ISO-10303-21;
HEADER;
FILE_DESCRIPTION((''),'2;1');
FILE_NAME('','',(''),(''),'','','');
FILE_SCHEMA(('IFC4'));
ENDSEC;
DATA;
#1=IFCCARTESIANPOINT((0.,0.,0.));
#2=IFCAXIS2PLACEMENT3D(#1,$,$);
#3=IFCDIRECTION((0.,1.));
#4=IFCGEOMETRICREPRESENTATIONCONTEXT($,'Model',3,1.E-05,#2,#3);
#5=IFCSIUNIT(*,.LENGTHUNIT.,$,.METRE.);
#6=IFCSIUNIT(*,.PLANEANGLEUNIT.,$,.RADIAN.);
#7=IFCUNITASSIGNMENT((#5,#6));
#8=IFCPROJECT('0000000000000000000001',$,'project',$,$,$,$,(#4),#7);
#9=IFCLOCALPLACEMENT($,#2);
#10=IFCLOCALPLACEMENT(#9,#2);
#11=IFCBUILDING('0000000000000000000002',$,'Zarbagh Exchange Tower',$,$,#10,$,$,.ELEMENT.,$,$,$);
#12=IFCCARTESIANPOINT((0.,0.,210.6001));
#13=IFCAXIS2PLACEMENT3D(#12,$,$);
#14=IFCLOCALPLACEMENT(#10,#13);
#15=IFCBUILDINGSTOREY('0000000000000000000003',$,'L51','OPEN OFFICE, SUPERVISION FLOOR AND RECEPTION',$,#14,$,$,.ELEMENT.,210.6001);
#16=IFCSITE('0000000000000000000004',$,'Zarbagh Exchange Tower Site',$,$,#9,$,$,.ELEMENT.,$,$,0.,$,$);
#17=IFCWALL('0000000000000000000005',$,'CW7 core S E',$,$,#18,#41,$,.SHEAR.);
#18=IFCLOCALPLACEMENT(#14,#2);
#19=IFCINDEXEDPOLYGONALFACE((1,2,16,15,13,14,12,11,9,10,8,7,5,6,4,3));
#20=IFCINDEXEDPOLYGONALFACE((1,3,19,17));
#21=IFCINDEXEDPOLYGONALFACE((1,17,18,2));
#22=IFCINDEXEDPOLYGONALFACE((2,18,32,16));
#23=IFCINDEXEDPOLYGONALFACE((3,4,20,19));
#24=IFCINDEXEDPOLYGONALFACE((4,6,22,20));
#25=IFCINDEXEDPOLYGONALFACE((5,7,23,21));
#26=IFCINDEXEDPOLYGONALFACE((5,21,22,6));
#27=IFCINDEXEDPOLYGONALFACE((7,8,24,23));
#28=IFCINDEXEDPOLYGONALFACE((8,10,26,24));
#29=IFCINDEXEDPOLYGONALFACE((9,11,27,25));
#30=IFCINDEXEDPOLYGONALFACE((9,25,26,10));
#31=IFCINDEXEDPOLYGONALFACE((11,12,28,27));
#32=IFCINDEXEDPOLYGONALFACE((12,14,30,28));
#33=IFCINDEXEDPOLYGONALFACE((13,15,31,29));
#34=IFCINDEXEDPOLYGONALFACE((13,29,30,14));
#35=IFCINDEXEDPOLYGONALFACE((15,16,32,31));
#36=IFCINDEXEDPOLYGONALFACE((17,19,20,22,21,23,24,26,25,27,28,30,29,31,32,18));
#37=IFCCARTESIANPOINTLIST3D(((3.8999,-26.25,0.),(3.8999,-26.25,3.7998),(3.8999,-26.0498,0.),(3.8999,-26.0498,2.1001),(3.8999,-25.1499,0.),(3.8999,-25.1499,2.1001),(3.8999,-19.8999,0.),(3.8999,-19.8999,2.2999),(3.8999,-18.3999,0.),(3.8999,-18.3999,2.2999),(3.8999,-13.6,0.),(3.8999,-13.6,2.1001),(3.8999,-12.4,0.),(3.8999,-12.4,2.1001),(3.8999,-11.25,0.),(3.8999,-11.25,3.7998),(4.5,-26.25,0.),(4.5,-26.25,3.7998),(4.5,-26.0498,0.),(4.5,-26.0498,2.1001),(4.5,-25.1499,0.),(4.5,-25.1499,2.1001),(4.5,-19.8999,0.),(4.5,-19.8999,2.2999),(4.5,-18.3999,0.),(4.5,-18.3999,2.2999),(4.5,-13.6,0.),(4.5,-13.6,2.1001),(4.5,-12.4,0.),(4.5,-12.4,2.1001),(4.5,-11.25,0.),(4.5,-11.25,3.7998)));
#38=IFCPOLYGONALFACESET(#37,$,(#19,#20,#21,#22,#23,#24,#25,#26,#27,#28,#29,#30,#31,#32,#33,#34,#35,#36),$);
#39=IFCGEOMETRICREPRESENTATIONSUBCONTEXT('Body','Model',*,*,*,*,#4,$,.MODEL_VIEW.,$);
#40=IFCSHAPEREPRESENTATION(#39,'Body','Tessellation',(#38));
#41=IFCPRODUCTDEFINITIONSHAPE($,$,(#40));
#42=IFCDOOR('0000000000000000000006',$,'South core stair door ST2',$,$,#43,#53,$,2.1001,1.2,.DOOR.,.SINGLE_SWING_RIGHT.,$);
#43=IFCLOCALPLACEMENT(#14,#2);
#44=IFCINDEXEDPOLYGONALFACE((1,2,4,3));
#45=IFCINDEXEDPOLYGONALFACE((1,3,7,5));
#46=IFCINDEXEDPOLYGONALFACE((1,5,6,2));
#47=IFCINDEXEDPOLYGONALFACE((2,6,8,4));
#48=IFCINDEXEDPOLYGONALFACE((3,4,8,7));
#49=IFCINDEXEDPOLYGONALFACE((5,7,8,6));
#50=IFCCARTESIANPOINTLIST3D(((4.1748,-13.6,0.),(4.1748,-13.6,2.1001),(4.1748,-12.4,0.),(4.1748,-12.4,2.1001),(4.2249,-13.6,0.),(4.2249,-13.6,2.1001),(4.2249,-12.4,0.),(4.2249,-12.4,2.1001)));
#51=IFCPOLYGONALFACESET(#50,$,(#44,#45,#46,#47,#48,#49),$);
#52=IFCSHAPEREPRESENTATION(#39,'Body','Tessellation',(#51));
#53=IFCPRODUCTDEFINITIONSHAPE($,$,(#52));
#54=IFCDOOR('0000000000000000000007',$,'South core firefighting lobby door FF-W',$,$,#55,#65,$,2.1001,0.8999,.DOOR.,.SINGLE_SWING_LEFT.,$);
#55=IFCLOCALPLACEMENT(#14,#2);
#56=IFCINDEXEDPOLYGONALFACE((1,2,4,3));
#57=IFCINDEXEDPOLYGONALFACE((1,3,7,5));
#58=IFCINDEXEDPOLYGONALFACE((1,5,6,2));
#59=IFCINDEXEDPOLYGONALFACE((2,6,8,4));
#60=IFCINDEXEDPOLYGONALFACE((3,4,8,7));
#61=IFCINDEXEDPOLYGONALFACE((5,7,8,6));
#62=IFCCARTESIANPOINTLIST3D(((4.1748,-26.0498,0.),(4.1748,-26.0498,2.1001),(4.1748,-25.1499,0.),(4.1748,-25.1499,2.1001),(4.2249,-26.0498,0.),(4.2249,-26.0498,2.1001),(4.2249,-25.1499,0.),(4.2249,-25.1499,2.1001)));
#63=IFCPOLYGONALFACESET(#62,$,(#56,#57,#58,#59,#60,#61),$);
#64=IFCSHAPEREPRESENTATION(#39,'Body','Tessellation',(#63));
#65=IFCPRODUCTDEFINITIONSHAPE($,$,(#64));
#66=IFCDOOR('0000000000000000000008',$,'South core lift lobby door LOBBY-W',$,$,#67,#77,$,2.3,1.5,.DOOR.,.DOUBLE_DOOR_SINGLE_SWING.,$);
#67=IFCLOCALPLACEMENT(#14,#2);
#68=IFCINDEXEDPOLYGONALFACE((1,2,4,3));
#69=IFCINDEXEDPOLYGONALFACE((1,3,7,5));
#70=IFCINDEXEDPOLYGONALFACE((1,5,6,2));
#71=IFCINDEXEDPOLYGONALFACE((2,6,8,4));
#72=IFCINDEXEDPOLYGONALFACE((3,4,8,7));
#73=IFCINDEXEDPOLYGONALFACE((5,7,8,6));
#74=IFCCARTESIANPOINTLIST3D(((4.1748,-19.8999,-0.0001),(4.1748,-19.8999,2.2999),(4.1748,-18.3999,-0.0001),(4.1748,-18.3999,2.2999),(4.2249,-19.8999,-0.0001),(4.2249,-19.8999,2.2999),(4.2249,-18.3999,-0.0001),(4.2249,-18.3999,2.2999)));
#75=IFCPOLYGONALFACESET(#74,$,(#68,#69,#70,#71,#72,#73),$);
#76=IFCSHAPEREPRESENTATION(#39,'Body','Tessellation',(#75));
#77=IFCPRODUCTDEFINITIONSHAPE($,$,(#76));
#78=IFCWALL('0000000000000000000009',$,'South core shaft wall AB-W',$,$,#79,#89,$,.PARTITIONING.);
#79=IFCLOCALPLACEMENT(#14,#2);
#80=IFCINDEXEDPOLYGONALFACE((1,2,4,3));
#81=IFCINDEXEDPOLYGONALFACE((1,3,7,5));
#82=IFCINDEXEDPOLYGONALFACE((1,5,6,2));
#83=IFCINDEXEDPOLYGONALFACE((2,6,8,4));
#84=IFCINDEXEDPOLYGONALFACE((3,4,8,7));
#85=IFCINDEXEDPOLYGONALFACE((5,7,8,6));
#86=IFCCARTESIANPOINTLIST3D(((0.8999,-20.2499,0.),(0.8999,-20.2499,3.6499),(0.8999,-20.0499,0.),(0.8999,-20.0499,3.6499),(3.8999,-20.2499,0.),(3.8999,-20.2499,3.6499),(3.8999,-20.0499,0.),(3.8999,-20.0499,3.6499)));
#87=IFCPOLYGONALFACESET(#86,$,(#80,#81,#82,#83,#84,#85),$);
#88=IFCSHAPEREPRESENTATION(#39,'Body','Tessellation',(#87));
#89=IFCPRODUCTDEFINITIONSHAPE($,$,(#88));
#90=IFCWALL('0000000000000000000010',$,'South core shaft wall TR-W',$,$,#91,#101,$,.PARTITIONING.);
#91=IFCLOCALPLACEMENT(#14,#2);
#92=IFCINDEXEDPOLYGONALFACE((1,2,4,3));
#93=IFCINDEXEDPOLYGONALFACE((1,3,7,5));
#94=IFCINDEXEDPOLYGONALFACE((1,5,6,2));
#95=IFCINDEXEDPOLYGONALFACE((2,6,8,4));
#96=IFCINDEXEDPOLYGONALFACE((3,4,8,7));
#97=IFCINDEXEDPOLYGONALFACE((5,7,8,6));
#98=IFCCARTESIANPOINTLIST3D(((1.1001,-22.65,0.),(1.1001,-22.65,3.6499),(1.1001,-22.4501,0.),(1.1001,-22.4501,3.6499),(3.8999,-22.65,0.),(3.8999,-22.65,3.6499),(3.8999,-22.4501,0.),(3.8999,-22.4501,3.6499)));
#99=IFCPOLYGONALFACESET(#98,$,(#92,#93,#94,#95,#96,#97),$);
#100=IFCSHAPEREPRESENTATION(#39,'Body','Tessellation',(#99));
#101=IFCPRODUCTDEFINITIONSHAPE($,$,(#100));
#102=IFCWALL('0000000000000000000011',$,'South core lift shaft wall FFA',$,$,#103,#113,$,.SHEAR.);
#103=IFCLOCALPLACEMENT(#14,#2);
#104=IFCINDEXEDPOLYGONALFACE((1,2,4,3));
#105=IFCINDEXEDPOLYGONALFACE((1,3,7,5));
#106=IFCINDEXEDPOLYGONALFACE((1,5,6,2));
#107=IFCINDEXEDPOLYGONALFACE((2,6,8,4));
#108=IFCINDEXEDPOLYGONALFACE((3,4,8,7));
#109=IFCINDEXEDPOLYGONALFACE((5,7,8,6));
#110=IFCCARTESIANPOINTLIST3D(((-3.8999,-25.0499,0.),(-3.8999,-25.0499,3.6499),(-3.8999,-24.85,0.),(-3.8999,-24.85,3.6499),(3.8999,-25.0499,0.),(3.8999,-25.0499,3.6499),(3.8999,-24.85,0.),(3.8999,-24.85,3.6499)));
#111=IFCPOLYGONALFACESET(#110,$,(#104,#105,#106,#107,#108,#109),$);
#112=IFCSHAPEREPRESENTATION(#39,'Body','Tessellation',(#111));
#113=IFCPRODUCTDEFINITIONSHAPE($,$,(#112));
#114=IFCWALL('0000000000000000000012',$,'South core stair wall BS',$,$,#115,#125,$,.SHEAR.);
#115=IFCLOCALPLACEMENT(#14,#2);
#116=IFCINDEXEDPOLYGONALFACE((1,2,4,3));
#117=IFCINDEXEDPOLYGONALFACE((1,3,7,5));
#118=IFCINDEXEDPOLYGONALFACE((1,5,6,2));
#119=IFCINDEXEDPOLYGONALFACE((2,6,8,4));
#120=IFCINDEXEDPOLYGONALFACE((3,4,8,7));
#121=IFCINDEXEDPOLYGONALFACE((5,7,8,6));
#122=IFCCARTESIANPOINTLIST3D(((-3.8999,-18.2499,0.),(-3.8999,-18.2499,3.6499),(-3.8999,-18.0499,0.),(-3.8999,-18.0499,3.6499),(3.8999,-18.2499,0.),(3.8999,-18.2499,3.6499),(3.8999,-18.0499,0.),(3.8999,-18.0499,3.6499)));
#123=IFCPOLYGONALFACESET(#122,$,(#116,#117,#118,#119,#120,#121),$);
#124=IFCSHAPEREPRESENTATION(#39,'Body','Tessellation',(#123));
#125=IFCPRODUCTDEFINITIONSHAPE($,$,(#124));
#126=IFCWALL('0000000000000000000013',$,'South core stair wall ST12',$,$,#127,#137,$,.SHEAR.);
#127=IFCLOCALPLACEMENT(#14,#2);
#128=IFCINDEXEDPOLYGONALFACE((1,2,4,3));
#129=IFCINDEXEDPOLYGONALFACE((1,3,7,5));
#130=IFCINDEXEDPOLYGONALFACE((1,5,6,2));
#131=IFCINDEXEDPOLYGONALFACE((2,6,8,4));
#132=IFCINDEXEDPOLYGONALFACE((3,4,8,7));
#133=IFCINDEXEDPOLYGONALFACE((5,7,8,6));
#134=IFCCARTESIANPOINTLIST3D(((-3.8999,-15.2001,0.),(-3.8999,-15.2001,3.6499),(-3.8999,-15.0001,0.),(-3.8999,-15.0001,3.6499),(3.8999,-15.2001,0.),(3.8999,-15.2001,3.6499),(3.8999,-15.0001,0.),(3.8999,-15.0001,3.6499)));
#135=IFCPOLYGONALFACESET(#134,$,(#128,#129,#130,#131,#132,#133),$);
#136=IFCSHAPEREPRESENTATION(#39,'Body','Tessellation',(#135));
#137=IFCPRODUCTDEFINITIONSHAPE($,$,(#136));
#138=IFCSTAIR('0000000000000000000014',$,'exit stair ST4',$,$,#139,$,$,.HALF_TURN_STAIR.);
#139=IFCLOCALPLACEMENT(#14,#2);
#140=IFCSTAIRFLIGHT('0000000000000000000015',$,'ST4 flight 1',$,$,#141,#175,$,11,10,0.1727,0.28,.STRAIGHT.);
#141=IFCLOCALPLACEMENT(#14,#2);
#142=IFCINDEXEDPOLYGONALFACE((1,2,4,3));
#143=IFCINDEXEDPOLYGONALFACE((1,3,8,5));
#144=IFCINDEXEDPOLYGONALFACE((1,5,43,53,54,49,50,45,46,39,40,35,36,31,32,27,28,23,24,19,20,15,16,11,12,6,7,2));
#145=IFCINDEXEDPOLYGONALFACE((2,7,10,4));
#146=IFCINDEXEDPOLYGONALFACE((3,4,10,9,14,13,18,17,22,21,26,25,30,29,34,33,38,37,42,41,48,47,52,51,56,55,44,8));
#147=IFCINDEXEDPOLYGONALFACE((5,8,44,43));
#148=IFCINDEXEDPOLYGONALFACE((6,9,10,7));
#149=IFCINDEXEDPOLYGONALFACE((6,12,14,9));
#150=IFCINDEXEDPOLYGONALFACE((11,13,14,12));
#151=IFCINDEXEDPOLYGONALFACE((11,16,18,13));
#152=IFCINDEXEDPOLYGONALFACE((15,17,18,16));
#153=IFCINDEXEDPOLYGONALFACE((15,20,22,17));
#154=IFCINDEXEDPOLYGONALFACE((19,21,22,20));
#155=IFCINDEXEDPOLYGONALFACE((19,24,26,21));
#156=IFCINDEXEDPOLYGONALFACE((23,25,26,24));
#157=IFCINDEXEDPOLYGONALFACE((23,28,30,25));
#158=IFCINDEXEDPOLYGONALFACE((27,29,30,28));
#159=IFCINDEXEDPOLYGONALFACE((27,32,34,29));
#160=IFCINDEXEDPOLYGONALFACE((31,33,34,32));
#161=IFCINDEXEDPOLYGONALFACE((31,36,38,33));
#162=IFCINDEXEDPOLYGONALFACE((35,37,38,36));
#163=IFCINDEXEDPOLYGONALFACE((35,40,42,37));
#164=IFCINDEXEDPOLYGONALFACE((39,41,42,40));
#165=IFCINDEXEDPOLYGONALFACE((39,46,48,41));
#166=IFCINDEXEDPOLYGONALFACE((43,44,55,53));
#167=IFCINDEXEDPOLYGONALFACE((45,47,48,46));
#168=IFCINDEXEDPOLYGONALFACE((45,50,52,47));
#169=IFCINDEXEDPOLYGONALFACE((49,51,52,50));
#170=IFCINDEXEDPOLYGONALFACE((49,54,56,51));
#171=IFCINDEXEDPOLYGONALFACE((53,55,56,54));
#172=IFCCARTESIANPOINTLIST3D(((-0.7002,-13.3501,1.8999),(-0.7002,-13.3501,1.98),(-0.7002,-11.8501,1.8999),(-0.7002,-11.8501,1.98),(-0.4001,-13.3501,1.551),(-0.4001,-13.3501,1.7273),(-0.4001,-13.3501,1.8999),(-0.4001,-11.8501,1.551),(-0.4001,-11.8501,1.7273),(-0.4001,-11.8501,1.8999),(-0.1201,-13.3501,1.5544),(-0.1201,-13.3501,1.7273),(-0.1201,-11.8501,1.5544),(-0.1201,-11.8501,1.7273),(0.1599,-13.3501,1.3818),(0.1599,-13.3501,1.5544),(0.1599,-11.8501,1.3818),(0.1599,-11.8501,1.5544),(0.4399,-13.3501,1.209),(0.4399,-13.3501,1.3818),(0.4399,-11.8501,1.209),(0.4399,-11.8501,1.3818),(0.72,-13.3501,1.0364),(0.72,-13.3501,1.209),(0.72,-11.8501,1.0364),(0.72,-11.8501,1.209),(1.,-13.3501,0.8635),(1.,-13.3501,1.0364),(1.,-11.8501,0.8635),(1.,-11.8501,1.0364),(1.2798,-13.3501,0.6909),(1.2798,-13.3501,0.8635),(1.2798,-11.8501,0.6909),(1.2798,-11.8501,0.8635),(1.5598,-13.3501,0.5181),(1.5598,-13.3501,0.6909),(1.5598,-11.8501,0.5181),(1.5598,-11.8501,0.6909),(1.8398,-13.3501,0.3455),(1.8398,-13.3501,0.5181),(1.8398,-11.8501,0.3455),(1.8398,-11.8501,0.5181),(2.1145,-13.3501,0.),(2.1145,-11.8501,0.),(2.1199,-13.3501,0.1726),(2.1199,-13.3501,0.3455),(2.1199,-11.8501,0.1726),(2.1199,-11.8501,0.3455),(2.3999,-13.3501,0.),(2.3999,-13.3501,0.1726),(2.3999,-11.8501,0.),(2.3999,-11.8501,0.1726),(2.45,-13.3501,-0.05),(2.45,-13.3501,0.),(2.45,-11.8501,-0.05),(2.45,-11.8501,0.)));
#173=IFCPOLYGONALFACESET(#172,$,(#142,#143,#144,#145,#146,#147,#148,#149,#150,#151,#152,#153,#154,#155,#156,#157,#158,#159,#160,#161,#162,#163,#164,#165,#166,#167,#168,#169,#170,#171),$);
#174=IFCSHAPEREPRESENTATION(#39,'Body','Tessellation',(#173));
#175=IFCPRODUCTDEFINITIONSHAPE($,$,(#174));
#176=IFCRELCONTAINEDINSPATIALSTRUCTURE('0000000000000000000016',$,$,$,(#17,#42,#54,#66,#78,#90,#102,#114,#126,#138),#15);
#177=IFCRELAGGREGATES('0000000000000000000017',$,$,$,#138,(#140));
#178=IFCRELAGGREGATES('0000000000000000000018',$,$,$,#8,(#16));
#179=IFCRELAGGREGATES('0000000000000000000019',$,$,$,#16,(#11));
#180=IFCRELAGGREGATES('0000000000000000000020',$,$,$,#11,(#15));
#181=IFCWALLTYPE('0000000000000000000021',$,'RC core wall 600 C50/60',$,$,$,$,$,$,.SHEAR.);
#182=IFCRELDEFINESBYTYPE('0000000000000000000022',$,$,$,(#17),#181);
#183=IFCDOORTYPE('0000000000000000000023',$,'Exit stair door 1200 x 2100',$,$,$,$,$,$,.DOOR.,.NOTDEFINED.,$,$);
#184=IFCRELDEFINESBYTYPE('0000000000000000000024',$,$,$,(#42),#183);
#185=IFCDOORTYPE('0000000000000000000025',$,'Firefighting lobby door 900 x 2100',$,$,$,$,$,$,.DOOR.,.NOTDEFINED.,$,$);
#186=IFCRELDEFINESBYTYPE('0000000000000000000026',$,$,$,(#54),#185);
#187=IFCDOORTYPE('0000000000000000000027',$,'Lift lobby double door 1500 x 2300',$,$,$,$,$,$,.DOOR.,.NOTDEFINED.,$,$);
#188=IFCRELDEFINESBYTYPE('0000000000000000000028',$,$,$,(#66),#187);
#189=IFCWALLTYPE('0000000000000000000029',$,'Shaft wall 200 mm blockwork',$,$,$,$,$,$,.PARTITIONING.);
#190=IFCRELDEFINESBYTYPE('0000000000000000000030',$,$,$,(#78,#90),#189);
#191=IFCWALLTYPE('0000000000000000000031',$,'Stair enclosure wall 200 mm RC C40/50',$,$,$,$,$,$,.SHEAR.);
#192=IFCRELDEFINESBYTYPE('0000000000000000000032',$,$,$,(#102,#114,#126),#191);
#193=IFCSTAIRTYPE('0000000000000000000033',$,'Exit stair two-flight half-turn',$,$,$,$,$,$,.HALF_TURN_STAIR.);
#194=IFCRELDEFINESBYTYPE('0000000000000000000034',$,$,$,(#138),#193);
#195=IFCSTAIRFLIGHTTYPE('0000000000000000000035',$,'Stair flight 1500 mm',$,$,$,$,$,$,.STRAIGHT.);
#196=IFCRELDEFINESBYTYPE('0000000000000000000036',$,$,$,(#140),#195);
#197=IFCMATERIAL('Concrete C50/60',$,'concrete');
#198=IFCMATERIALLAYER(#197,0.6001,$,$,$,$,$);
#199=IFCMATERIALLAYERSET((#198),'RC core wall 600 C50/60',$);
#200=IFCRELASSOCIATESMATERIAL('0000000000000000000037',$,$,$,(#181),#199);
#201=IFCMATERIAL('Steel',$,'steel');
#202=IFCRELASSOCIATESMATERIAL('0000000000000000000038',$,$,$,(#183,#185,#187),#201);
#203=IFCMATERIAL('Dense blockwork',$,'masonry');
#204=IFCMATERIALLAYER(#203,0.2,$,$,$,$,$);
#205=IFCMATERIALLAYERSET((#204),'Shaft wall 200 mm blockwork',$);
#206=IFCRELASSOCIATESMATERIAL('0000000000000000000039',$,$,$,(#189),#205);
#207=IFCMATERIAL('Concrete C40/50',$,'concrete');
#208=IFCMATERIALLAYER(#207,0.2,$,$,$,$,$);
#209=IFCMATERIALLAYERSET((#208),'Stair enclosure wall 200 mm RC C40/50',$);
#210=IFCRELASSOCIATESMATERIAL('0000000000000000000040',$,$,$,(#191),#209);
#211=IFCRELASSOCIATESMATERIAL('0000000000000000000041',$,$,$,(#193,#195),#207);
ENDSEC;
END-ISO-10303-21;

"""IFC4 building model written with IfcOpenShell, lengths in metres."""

from ifc_helpers import new_model, si_unit, direction, frame, frame_2d, origin, place, context, subcontext, project, spatial, polyline, rectangle, outline, extrude, material, layer, layer_set, type_object, element, fill, aggregate, save


model = new_model("IFC4")

# Units and contexts
model_context = context("Model", 3, precision=1e-05, world=origin(), true_north=direction((0.0, 1.0)))
body_context = subcontext(model_context, "Body", "Model", "MODEL_VIEW")
ifc_project = project(units=[si_unit("LENGTHUNIT", "METRE"), si_unit("PLANEANGLEUNIT", "RADIAN")], contexts=[model_context])

# Site, building, storey
site_placement = place(None, origin())
site = spatial("IfcSite", under=ifc_project, at=site_placement, Name="Zarbagh Exchange Tower Site", CompositionType="ELEMENT", RefElevation=0.0)
building_placement = place(site_placement, origin())
building = spatial("IfcBuilding", under=site, at=building_placement, Name="Zarbagh Exchange Tower", CompositionType="ELEMENT")
storey_placement = place(building_placement, frame((0.0, 0.0, 210.6001)))
storey = spatial("IfcBuildingStorey", under=building, at=storey_placement, Name="L51", Description="OPEN OFFICE, SUPERVISION FLOOR AND RECEPTION", CompositionType="ELEMENT", Elevation=210.6001)

# Shared definitions
ifc_material_1 = material(Name="Concrete C50/60", Category="concrete")

# Wall, openings, doors
ifc_layer_1 = layer(ifc_material_1, 0.6001)
ifc_layer_set_1 = layer_set([ifc_layer_1], Name="RC core wall 600 C50/60")
wall_type_1 = type_object("IfcWallType", Name="RC core wall 600 C50/60", PredefinedType="SHEAR", material=ifc_layer_set_1)
wall_1_placement = place(storey_placement, frame((4.2, -11.25, 0.0), z_axis=(0.0, 0.0, 1.0), x_axis=(0.0, -1.0, 0.0)))
wall_1 = element("IfcWall", 1, at=wall_1_placement, inside=storey, type_object=wall_type_1, Name="CW7 core S E", PredefinedType="SHEAR", context=body_context, shape_type="SweptSolid", body=[
    extrude(rectangle(XDim=15.0, YDim=0.6001, at=frame_2d((7.5, 0.0))), origin(), (0.0, 0.0, 1.0), 3.7998),
])
opening_1_placement = place(wall_1_placement, frame((7.1499, 0.0, 0.0)))
opening_1 = element("IfcOpeningElement", 2, at=opening_1_placement, cuts=wall_1, PredefinedType="OPENING", context=body_context, shape_type="SweptSolid", body=[
    extrude(rectangle(XDim=1.5, YDim=2.3, at=frame_2d((0.75, 1.1499))), frame((0.0, 0.3101, 0.0), z_axis=(0.0, -1.0, 0.0), x_axis=(1.0, 0.0, 0.0)), (0.0, 0.0, 1.0), 0.6201),
])
opening_2_placement = place(wall_1_placement, frame((13.8999, 0.0, 0.0)))
opening_2 = element("IfcOpeningElement", 3, at=opening_2_placement, cuts=wall_1, PredefinedType="OPENING", context=body_context, shape_type="SweptSolid", body=[
    extrude(rectangle(XDim=0.8999, YDim=2.1001, at=frame_2d((0.45, 1.05))), frame((0.0, 0.3101, 0.0), z_axis=(0.0, -1.0, 0.0), x_axis=(1.0, 0.0, 0.0)), (0.0, 0.0, 1.0), 0.6201),
])
opening_3_placement = place(wall_1_placement, frame((1.1499, 0.0, 0.0)))
opening_3 = element("IfcOpeningElement", 4, at=opening_3_placement, cuts=wall_1, PredefinedType="OPENING", context=body_context, shape_type="SweptSolid", body=[
    extrude(rectangle(XDim=1.2, YDim=2.1001, at=frame_2d((0.6001, 1.05))), frame((0.0, 0.3101, 0.0), z_axis=(0.0, -1.0, 0.0), x_axis=(1.0, 0.0, 0.0)), (0.0, 0.0, 1.0), 0.6201),
])
ifc_material_2 = material(Name="Steel", Category="steel")
door_type_1 = type_object("IfcDoorType", Name="Exit stair door 1200 x 2100", OperationType="NOTDEFINED", PredefinedType="DOOR", material=ifc_material_2)
door_1_placement = place(opening_3_placement, origin())
door_1 = element("IfcDoor", 5, at=door_1_placement, inside=storey, type_object=door_type_1, Name="South core stair door ST2", OperationType="SINGLE_SWING_RIGHT", OverallHeight=2.1001, OverallWidth=1.2, PredefinedType="DOOR", context=body_context, shape_type="SweptSolid", body=[
    extrude(rectangle(XDim=1.2, YDim=2.1001, at=frame_2d((0.6001, 1.05))), frame((0.0, 0.0249, 0.0), z_axis=(0.0, -1.0, 0.0), x_axis=(1.0, 0.0, 0.0)), (0.0, 0.0, 1.0), 0.05),
])
fill(opening_3, door_1)
door_type_2 = type_object("IfcDoorType", Name="Firefighting lobby door 900 x 2100", OperationType="NOTDEFINED", PredefinedType="DOOR", material=ifc_material_2)
door_2_placement = place(opening_2_placement, origin())
door_2 = element("IfcDoor", 6, at=door_2_placement, inside=storey, type_object=door_type_2, Name="South core firefighting lobby door FF-W", OperationType="SINGLE_SWING_LEFT", OverallHeight=2.1001, OverallWidth=0.8999, PredefinedType="DOOR", context=body_context, shape_type="SweptSolid", body=[
    extrude(rectangle(XDim=0.8999, YDim=2.1001, at=frame_2d((0.45, 1.05))), frame((0.0, 0.0249, 0.0), z_axis=(0.0, -1.0, 0.0), x_axis=(1.0, 0.0, 0.0)), (0.0, 0.0, 1.0), 0.05),
])
fill(opening_2, door_2)
door_type_3 = type_object("IfcDoorType", Name="Lift lobby double door 1500 x 2300", OperationType="NOTDEFINED", PredefinedType="DOOR", material=ifc_material_2)
door_3_placement = place(opening_1_placement, origin())
door_3 = element("IfcDoor", 7, at=door_3_placement, inside=storey, type_object=door_type_3, Name="South core lift lobby door LOBBY-W", OperationType="DOUBLE_DOOR_SINGLE_SWING", OverallHeight=2.3, OverallWidth=1.5, PredefinedType="DOOR", context=body_context, shape_type="SweptSolid", body=[
    extrude(rectangle(XDim=1.5, YDim=2.3, at=frame_2d((0.75, 1.1499))), frame((0.0, 0.0249, 0.0), z_axis=(0.0, -1.0, 0.0), x_axis=(1.0, 0.0, 0.0)), (0.0, 0.0, 1.0), 0.05),
])
fill(opening_1, door_3)

# Walls
ifc_material_3 = material(Name="Dense blockwork", Category="masonry")
ifc_layer_2 = layer(ifc_material_3, 0.2)
ifc_layer_set_2 = layer_set([ifc_layer_2], Name="Shaft wall 200 mm blockwork")
wall_type_2 = type_object("IfcWallType", Name="Shaft wall 200 mm blockwork", PredefinedType="PARTITIONING", material=ifc_layer_set_2)
wall_2_placement = place(storey_placement, frame((3.8999, -20.1499, 0.0), z_axis=(0.0, 0.0, 1.0), x_axis=(-1.0, 0.0, 0.0)))
element("IfcWall", 8, at=wall_2_placement, inside=storey, type_object=wall_type_2, Name="South core shaft wall AB-W", PredefinedType="PARTITIONING", context=body_context, shape_type="SweptSolid", body=[
    extrude(rectangle(XDim=3.0, YDim=0.2, at=frame_2d((1.5, 0.0))), origin(), (0.0, 0.0, 1.0), 3.6499),
])
wall_3_placement = place(storey_placement, frame((3.8999, -22.55, 0.0), z_axis=(0.0, 0.0, 1.0), x_axis=(-1.0, 0.0, 0.0)))
element("IfcWall", 9, at=wall_3_placement, inside=storey, type_object=wall_type_2, Name="South core shaft wall TR-W", PredefinedType="PARTITIONING", context=body_context, shape_type="SweptSolid", body=[
    extrude(rectangle(XDim=2.7998, YDim=0.2, at=frame_2d((1.3999, 0.0))), origin(), (0.0, 0.0, 1.0), 3.6499),
])
ifc_material_4 = material(Name="Concrete C40/50", Category="concrete")
ifc_layer_3 = layer(ifc_material_4, 0.2)
ifc_layer_set_3 = layer_set([ifc_layer_3], Name="Stair enclosure wall 200 mm RC C40/50")
wall_type_3 = type_object("IfcWallType", Name="Stair enclosure wall 200 mm RC C40/50", PredefinedType="SHEAR", material=ifc_layer_set_3)
for number, where, z_axis, x_axis, name in (
    (10, (3.8999, -24.95, 0.0), (0.0, 0.0, 1.0), (-1.0, 0.0, 0.0), "South core lift shaft wall FFA"),
    (11, (3.8999, -18.1499, 0.0), (0.0, 0.0, 1.0), (-1.0, 0.0, 0.0), "South core stair wall BS"),
    (12, (3.8999, -15.1001, 0.0), (0.0, 0.0, 1.0), (-1.0, 0.0, 0.0), "South core stair wall ST12"),
):
    element("IfcWall", number, at=place(storey_placement, frame(where, z_axis=z_axis, x_axis=x_axis)), inside=storey, type_object=wall_type_3, Name=name, PredefinedType="SHEAR", context=body_context, shape_type="SweptSolid", body=[
        extrude(rectangle(XDim=7.7998, YDim=0.2, at=frame_2d((3.8999, 0.0))), origin(), (0.0, 0.0, 1.0), 3.6499),
    ])

# Stair, stair flight
stair_type = type_object("IfcStairType", Name="Exit stair two-flight half-turn", PredefinedType="HALF_TURN_STAIR", material=ifc_material_4)
stair_placement = place(storey_placement, origin())
stair = element("IfcStair", 13, at=stair_placement, inside=storey, type_object=stair_type, Name="exit stair ST4", PredefinedType="HALF_TURN_STAIR")
stair_flight_type = type_object("IfcStairFlightType", Name="Stair flight 1500 mm", PredefinedType="STRAIGHT", material=ifc_material_4)
stair_flight_placement = place(storey_placement, frame((2.3999, -12.6001, 0.0), z_axis=(0.0, 0.0, 1.0), x_axis=(-1.0, 0.0, 0.0)))
stair_flight = element("IfcStairFlight", 14, at=stair_flight_placement, type_object=stair_flight_type, Name="ST4 flight 1", NumberOfRisers=11, NumberOfTreads=10, PredefinedType="STRAIGHT", RiserHeight=0.1727, TreadLength=0.28, context=body_context, shape_type="SweptSolid", body=[
    extrude(outline(polyline([(-0.05, -0.05), (-0.05, 0.0), (0.0, 0.0), (0.0, 0.1726), (0.28, 0.1726), (0.28, 0.3455), (0.5601, 0.3455), (0.5601, 0.5181), (0.8401, 0.5181), (0.8401, 0.6909), (1.1201, 0.6909), (1.1201, 0.8635), (1.3999, 0.8635), (1.3999, 1.0364), (1.6799, 1.0364), (1.6799, 1.209), (1.96, 1.209), (1.96, 1.3818), (2.24, 1.3818), (2.24, 1.5544), (2.52, 1.5544), (2.52, 1.7273), (2.8, 1.7273), (2.8, 1.8999), (3.1001, 1.98), (3.1001, 1.8999), (2.8, 1.551), (0.2854, 0.0), (-0.05, -0.05)])), frame((0.0, 0.75, 0.0), z_axis=(0.0, -1.0, 0.0), x_axis=(1.0, 0.0, 0.0)), (0.0, 0.0, 1.0), 1.5),
])
aggregate(stair, [stair_flight])

save(model, "model.ifc")
